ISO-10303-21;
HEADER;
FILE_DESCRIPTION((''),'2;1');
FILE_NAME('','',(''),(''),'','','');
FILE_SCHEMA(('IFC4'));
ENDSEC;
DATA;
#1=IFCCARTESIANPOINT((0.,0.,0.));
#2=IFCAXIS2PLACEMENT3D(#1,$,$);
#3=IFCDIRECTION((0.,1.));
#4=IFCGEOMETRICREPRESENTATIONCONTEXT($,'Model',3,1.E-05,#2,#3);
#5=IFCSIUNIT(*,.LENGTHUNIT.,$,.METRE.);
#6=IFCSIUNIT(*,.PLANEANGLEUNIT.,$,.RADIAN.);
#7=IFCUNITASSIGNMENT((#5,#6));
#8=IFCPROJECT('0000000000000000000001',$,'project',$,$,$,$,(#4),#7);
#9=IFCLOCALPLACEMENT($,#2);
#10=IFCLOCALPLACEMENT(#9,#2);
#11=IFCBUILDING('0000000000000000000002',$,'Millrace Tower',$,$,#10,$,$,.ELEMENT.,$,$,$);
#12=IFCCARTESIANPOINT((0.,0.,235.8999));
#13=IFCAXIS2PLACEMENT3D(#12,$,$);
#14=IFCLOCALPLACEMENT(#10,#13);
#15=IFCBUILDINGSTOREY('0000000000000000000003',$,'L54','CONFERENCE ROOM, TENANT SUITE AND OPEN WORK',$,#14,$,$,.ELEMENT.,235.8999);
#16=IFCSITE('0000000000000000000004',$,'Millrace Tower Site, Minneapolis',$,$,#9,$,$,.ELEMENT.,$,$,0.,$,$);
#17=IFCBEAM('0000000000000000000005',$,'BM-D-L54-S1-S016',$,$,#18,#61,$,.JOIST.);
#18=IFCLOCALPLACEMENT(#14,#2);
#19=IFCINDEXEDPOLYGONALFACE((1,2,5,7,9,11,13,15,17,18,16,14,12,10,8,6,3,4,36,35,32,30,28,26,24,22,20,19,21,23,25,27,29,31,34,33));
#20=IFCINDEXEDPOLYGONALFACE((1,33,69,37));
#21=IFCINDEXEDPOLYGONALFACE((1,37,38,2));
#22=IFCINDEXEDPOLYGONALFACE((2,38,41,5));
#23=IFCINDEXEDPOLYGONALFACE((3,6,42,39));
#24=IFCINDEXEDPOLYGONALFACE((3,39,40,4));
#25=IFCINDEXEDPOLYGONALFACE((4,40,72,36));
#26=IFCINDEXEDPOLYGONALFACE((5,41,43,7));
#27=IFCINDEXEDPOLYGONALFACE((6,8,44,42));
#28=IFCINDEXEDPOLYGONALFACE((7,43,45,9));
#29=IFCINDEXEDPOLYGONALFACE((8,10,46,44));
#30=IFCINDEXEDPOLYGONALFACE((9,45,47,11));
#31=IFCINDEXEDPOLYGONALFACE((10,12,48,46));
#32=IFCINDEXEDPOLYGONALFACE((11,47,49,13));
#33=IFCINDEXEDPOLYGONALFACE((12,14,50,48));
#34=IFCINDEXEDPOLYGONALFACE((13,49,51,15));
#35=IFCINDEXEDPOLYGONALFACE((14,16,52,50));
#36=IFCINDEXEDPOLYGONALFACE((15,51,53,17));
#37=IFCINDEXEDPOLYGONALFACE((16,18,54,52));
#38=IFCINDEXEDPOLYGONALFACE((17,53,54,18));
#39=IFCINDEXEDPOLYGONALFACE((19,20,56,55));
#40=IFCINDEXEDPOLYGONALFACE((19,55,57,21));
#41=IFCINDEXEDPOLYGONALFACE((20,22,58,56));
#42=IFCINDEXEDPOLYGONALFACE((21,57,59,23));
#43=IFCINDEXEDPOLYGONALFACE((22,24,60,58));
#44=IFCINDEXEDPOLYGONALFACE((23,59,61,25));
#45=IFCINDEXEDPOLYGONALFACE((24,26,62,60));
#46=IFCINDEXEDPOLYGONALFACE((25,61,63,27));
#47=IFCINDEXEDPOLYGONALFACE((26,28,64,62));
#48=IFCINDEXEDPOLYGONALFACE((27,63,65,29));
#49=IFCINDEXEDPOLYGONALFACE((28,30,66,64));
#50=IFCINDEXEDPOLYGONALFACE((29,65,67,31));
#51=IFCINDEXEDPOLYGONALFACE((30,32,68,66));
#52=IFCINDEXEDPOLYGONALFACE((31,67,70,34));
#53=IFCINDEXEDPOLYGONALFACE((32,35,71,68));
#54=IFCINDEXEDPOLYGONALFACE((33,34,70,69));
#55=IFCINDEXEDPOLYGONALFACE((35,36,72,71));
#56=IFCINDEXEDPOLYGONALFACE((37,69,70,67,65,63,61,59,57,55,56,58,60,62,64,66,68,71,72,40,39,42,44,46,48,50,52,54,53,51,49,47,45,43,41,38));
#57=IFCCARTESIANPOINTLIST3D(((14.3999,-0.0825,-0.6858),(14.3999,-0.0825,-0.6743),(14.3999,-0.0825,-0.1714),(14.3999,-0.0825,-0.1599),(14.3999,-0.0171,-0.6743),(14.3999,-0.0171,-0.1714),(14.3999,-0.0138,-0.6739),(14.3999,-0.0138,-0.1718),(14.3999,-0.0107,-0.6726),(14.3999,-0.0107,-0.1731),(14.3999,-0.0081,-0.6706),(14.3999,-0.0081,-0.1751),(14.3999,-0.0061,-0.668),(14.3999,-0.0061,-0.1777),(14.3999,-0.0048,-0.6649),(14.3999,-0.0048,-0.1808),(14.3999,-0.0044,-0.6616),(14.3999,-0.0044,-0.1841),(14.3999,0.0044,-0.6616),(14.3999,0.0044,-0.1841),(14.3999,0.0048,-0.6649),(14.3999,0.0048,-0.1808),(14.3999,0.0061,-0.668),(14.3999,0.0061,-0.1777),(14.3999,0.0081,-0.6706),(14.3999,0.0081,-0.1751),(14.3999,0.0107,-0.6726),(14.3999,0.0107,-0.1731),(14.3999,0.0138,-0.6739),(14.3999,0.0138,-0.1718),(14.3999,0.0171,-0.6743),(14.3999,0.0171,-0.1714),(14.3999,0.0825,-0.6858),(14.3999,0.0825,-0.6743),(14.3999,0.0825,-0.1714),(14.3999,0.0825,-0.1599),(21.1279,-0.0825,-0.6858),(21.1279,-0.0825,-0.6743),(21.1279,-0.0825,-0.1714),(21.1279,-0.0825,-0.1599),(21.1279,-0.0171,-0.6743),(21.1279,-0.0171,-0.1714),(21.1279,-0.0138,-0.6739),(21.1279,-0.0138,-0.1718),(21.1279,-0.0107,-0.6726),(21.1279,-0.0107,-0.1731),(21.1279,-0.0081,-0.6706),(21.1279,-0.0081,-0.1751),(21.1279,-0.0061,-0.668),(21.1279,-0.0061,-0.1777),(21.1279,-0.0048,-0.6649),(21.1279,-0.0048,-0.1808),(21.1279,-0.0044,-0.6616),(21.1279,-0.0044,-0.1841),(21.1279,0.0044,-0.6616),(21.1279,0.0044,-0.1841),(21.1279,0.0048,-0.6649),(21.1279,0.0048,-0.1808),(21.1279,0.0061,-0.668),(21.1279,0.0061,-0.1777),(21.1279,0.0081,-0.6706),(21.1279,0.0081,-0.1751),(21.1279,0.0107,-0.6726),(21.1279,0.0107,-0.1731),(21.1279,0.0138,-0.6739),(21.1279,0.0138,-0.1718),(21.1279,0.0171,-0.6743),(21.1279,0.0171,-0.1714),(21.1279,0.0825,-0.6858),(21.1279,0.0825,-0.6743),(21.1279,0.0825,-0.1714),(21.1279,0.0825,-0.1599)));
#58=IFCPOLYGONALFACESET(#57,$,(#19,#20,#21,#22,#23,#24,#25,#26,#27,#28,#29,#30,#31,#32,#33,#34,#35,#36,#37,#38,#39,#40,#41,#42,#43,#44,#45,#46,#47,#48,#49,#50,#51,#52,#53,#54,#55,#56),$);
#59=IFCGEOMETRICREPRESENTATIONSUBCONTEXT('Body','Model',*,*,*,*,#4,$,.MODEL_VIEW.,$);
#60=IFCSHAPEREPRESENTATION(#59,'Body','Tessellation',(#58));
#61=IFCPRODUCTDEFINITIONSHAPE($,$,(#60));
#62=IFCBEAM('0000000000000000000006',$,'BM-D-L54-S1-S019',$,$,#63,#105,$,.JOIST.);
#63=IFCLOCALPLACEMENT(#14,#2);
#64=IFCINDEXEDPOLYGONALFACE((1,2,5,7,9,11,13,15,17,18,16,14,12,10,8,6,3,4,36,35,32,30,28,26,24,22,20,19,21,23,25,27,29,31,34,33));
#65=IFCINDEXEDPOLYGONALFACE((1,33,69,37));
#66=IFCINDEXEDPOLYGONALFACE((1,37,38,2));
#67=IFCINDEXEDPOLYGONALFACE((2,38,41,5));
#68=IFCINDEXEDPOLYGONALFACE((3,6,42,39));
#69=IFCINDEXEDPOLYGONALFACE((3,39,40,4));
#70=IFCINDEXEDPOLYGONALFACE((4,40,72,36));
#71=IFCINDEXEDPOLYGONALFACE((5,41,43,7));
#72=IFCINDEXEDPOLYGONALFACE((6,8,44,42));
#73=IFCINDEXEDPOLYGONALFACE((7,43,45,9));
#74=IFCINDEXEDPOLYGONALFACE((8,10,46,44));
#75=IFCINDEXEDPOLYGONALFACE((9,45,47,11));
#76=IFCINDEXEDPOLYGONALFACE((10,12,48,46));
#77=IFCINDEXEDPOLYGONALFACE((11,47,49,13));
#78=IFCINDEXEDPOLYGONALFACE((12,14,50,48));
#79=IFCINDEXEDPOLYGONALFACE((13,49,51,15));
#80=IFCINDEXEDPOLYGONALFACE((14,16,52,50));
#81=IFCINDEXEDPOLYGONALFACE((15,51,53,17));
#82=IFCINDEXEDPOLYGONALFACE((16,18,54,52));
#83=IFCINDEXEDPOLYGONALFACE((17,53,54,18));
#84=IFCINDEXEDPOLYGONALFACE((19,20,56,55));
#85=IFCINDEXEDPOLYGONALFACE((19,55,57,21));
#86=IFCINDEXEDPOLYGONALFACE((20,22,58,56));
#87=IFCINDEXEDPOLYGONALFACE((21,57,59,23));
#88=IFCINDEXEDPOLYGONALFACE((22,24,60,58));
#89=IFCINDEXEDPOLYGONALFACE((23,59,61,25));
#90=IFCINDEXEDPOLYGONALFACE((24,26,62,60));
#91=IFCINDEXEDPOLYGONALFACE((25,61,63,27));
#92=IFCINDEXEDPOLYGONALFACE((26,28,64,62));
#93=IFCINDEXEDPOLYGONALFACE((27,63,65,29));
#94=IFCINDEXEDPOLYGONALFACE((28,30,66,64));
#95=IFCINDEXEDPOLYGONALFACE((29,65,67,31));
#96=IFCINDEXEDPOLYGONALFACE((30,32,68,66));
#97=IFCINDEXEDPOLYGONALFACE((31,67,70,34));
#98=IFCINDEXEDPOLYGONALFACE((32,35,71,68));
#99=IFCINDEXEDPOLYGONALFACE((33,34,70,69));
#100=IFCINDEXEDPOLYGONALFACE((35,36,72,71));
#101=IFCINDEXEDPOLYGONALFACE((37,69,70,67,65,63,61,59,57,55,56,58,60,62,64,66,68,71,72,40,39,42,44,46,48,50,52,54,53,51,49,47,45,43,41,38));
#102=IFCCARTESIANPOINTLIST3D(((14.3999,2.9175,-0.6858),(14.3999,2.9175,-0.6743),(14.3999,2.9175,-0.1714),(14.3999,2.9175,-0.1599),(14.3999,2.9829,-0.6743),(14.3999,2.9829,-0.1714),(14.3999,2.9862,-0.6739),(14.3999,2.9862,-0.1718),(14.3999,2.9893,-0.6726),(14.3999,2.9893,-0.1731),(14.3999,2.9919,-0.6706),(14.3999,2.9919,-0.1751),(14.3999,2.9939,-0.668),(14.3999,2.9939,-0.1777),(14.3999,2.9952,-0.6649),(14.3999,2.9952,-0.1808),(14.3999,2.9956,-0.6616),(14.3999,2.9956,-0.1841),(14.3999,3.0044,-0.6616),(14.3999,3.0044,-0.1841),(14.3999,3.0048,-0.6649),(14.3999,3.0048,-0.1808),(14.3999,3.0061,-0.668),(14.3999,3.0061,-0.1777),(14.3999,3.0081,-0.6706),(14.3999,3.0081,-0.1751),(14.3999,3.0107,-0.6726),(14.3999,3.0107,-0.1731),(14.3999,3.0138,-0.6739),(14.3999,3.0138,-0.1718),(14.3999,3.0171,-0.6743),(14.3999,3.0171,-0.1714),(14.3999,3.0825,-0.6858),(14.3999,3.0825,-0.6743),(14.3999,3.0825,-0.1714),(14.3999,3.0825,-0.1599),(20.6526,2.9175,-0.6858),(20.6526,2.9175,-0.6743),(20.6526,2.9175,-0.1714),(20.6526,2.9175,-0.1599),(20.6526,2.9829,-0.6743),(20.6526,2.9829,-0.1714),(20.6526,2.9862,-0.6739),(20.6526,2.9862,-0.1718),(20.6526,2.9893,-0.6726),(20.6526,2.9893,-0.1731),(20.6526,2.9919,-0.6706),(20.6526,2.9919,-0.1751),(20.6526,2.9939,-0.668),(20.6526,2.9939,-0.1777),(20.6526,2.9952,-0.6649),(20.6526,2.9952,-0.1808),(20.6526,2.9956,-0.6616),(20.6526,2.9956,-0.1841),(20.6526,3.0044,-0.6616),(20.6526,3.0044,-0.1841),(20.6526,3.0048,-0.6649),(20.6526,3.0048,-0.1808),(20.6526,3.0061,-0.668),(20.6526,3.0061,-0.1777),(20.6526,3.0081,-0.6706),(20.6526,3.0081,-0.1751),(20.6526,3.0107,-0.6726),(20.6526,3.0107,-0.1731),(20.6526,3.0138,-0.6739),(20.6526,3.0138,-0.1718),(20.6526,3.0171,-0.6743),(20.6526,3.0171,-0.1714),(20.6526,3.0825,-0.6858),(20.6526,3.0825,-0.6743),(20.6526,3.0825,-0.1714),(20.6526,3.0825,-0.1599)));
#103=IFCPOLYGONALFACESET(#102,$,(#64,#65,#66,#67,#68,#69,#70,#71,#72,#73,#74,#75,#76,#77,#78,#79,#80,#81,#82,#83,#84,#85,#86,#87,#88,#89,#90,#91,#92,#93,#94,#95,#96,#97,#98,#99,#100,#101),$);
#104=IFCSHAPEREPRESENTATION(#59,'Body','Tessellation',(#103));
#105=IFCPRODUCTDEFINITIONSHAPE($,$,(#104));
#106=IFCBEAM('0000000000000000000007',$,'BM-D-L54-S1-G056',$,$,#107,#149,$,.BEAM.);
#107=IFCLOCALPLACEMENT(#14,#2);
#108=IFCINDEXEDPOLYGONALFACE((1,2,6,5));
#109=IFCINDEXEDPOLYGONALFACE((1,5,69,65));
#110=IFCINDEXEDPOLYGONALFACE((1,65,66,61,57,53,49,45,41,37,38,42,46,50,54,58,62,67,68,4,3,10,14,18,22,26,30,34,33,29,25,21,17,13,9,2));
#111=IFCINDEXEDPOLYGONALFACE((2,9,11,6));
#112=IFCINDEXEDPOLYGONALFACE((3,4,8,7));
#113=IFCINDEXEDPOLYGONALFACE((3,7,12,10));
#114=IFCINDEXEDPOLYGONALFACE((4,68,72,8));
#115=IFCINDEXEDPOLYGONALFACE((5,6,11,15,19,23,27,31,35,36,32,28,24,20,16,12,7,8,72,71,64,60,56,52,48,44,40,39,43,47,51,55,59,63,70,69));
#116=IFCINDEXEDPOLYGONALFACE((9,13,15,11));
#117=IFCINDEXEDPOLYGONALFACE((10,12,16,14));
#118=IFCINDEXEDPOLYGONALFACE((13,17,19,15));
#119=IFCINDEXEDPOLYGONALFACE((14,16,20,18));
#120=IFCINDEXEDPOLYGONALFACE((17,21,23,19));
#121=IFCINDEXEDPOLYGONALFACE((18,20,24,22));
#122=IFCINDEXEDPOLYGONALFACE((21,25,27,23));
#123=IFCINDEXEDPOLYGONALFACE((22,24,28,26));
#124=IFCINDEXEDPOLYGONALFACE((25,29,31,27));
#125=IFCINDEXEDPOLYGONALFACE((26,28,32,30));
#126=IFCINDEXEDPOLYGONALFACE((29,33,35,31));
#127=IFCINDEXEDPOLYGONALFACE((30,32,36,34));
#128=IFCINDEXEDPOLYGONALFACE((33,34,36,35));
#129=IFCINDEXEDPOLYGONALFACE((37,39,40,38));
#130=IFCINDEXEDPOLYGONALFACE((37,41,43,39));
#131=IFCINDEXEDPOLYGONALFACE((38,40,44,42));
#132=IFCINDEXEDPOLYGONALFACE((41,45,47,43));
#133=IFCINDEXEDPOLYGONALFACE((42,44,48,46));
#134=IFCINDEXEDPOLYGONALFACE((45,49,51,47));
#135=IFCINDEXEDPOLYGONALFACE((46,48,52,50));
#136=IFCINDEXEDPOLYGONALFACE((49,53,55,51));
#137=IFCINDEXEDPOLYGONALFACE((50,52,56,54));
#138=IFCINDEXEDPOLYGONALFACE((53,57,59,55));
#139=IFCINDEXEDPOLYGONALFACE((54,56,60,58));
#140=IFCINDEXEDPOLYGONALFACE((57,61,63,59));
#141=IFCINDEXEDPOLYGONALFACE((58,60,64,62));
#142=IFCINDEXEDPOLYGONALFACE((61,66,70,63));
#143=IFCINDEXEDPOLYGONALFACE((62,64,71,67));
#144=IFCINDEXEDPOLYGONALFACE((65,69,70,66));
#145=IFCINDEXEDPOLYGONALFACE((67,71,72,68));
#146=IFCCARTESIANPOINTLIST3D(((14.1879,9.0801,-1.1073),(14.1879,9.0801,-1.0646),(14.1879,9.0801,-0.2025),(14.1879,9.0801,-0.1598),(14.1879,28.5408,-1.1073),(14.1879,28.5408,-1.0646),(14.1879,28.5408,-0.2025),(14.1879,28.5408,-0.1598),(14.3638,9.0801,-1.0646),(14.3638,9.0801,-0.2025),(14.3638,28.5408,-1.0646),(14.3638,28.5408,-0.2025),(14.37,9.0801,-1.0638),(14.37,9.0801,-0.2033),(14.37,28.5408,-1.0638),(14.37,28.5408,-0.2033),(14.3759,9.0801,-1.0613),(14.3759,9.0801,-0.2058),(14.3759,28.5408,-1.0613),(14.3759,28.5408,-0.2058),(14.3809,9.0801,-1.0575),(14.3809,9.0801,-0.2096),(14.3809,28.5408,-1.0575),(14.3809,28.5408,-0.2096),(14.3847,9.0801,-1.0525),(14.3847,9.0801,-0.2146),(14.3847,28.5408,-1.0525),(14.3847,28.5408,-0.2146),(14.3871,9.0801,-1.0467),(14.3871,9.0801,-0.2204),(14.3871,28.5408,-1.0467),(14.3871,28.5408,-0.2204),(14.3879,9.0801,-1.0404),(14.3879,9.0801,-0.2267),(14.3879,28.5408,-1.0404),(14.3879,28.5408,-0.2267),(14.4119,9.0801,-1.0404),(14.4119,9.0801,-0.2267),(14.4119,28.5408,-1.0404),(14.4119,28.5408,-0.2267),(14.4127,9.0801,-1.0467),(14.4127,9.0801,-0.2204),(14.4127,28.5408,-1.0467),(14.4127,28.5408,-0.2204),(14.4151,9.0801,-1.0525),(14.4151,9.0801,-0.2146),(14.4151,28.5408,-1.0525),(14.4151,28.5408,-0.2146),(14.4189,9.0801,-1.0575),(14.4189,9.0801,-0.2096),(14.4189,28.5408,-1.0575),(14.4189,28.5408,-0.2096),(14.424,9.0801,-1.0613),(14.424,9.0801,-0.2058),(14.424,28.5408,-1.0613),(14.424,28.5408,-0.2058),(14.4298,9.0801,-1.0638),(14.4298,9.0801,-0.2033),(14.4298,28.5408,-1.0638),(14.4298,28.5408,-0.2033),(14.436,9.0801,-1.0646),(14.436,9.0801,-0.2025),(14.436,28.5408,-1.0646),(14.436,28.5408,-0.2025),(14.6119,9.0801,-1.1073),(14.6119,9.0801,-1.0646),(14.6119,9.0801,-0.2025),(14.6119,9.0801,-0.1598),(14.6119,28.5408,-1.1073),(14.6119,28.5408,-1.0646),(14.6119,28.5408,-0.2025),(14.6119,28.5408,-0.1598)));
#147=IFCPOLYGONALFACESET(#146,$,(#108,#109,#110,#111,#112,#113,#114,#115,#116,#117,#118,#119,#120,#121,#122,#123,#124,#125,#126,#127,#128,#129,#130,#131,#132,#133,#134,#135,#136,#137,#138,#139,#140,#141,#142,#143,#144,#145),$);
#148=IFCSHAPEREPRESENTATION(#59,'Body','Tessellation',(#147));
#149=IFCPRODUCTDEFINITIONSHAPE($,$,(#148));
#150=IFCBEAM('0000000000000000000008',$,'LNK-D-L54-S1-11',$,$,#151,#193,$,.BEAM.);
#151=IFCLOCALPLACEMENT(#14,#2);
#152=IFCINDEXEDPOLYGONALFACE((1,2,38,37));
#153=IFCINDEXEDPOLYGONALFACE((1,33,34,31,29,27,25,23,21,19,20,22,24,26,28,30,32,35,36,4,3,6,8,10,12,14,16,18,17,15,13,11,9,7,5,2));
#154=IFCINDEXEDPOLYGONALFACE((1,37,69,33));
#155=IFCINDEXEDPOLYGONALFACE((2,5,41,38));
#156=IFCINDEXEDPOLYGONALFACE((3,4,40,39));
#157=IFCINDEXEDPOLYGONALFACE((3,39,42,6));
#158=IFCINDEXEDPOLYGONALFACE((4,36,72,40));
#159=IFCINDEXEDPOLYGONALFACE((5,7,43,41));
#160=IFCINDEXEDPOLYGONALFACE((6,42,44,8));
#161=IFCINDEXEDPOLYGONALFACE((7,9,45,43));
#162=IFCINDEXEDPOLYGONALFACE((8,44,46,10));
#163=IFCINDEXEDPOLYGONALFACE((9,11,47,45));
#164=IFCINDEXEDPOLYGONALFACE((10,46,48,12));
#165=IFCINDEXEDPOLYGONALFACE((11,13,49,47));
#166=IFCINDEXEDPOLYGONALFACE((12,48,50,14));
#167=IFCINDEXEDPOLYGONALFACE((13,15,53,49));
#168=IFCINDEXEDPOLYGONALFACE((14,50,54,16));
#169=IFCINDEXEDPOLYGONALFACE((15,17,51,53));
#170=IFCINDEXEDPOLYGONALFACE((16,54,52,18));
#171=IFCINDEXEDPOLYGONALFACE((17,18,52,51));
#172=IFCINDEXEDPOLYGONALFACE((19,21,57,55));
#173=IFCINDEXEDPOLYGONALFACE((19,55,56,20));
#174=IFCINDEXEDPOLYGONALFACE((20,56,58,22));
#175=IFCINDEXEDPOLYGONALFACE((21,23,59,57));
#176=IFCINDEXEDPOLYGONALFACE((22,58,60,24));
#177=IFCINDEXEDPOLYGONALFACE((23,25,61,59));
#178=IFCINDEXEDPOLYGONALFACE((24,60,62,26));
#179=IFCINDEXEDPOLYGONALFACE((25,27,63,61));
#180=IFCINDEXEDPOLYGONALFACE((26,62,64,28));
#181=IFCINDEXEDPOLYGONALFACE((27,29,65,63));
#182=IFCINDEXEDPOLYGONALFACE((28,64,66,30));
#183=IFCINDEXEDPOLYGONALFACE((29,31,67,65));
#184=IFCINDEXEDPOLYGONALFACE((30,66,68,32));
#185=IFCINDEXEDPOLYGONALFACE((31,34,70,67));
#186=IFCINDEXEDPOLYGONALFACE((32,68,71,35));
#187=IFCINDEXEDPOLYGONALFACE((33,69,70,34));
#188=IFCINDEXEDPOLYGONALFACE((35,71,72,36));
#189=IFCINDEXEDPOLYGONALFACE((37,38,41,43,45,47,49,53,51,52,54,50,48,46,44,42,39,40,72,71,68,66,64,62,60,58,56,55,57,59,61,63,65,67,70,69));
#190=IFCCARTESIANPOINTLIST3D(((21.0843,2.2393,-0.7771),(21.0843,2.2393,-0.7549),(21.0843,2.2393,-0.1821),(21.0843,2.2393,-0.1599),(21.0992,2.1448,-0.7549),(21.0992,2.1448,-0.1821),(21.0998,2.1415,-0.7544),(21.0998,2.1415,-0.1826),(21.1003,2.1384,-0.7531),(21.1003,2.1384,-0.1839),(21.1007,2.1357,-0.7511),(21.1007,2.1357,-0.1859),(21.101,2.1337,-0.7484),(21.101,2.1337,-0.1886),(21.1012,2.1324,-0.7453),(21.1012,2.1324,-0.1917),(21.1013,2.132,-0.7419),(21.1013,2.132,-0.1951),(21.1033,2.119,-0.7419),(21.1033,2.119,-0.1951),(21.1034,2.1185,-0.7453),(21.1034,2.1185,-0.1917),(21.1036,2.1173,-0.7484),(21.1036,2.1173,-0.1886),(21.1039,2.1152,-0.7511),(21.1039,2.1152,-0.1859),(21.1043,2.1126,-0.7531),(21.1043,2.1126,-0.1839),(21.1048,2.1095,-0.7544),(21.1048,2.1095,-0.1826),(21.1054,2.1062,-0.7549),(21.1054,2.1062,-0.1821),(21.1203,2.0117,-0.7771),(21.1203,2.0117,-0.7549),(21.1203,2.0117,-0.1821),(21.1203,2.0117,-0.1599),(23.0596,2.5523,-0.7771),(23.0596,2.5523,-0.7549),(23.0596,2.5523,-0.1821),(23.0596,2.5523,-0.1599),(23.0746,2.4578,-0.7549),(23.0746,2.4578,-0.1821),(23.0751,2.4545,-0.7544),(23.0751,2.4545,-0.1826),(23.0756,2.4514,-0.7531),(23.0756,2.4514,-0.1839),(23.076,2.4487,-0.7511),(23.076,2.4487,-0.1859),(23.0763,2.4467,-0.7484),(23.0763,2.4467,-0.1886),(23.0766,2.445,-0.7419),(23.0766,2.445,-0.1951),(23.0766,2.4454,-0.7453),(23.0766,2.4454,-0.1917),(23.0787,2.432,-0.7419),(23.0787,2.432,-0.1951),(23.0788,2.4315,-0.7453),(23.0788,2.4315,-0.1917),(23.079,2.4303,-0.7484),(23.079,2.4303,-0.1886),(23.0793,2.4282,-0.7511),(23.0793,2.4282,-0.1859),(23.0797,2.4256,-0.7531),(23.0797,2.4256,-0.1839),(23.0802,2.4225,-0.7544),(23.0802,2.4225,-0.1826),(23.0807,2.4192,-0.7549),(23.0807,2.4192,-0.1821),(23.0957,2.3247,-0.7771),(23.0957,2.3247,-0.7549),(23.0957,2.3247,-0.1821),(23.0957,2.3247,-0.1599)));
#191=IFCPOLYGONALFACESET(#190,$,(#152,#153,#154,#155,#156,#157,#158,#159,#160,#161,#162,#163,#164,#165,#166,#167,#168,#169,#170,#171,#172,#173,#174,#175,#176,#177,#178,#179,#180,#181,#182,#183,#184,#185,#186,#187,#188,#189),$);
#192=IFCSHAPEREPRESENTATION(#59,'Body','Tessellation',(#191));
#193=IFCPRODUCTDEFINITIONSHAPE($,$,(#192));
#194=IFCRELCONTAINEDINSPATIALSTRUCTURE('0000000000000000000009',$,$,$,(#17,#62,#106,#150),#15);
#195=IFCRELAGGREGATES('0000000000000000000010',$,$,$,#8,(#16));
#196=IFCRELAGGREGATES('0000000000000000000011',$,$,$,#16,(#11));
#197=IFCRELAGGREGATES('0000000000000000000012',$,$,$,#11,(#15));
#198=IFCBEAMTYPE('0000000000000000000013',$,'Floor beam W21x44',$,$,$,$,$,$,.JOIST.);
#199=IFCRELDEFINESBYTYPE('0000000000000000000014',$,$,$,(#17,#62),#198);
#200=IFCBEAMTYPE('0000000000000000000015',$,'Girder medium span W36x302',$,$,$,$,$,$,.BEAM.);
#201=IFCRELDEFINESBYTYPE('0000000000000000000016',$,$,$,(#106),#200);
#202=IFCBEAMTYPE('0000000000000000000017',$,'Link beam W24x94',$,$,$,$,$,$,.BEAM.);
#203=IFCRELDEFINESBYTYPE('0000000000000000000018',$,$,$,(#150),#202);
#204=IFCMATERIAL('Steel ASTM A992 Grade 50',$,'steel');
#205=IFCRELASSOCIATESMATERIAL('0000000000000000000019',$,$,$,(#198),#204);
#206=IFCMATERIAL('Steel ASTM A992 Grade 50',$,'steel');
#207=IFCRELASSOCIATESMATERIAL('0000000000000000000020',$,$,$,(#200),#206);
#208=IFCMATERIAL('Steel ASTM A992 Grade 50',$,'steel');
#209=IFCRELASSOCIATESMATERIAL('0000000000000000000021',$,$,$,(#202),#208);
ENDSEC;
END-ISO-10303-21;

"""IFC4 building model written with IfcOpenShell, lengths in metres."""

from ifc_helpers import new_model, si_unit, direction, frame, origin, origin_2d, place, context, subcontext, project, spatial, i_section, extrude, material, material_profile, profile_set, type_object, element, save


model = new_model("IFC4")

# Units and contexts
model_context = context("Model", 3, precision=1e-05, world=origin(), true_north=direction((0.0, 1.0)))
body_context = subcontext(model_context, "Body", "Model", "MODEL_VIEW")
ifc_project = project(units=[si_unit("LENGTHUNIT", "METRE"), si_unit("PLANEANGLEUNIT", "RADIAN")], contexts=[model_context])

# Site, building, storey
site_placement = place(None, origin())
site = spatial("IfcSite", under=ifc_project, at=site_placement, Name="Millrace Tower Site, Minneapolis", CompositionType="ELEMENT", RefElevation=0.0)
building_placement = place(site_placement, origin())
building = spatial("IfcBuilding", under=site, at=building_placement, Name="Millrace Tower", CompositionType="ELEMENT")
storey_placement = place(building_placement, frame((0.0, 0.0, 235.8999)))
storey = spatial("IfcBuildingStorey", under=building, at=storey_placement, Name="L54", Description="CONFERENCE ROOM, TENANT SUITE AND OPEN WORK", CompositionType="ELEMENT", Elevation=235.8999)

# Beams
ifc_material_1 = material(Name="Steel ASTM A992 Grade 50", Category="steel")
ifc_material_profile_1 = material_profile(ifc_material_1, i_section(OverallWidth=0.165, OverallDepth=0.5259, WebThickness=0.0088, FlangeThickness=0.0115, FilletRadius=0.0127, at=origin_2d()))
ifc_profile_set_1 = profile_set([ifc_material_profile_1], Name="Steel ASTM A992 Grade 50")
beam_type_1 = type_object("IfcBeamType", Name="Floor beam W21x44", PredefinedType="JOIST", material=ifc_profile_set_1)
beam_1_placement = place(storey_placement, frame((14.3999, 0.0, -0.4229), z_axis=(1.0, 0.0, 0.0), x_axis=(0.0, 1.0, 0.0)))
element("IfcBeam", 1, at=beam_1_placement, inside=storey, type_object=beam_type_1, Name="BM-D-L54-S1-S016", PredefinedType="JOIST", context=body_context, shape_type="SweptSolid", body=[
    extrude(i_section(OverallWidth=0.165, OverallDepth=0.5259, WebThickness=0.0088, FlangeThickness=0.0115, FilletRadius=0.0127, at=origin_2d()), origin(), (0.0, 0.0, 1.0), 6.728),
])
beam_2_placement = place(storey_placement, frame((14.3999, 3.0, -0.4229), z_axis=(1.0, 0.0, 0.0), x_axis=(0.0, 1.0, 0.0)))
element("IfcBeam", 2, at=beam_2_placement, inside=storey, type_object=beam_type_1, Name="BM-D-L54-S1-S019", PredefinedType="JOIST", context=body_context, shape_type="SweptSolid", body=[
    extrude(i_section(OverallWidth=0.165, OverallDepth=0.5259, WebThickness=0.0088, FlangeThickness=0.0115, FilletRadius=0.0127, at=origin_2d()), origin(), (0.0, 0.0, 1.0), 6.2527),
])
ifc_material_2 = material(Name="Steel ASTM A992 Grade 50", Category="steel")
ifc_material_profile_2 = material_profile(ifc_material_2, i_section(OverallWidth=0.4241, OverallDepth=0.9475, WebThickness=0.0239, FlangeThickness=0.0427, FilletRadius=0.0242, at=origin_2d()))
ifc_profile_set_2 = profile_set([ifc_material_profile_2], Name="Steel ASTM A992 Grade 50")
beam_type_2 = type_object("IfcBeamType", Name="Girder medium span W36x302", PredefinedType="BEAM", material=ifc_profile_set_2)
beam_3_placement = place(storey_placement, frame((14.3999, 9.0801, -0.6335), z_axis=(0.0, 1.0, 0.0), x_axis=(-1.0, 0.0, 0.0)))
element("IfcBeam", 3, at=beam_3_placement, inside=storey, type_object=beam_type_2, Name="BM-D-L54-S1-G056", PredefinedType="BEAM", context=body_context, shape_type="SweptSolid", body=[
    extrude(i_section(OverallWidth=0.4241, OverallDepth=0.9475, WebThickness=0.0239, FlangeThickness=0.0427, FilletRadius=0.0242, at=origin_2d()), origin(), (0.0, 0.0, 1.0), 19.4607),
])
ifc_material_3 = material(Name="Steel ASTM A992 Grade 50", Category="steel")
ifc_material_profile_3 = material_profile(ifc_material_3, i_section(OverallWidth=0.2305, OverallDepth=0.6172, WebThickness=0.0132, FlangeThickness=0.0222, FilletRadius=0.0129, at=origin_2d()))
ifc_profile_set_3 = profile_set([ifc_material_profile_3], Name="Steel ASTM A992 Grade 50")
beam_type_3 = type_object("IfcBeamType", Name="Link beam W24x94", PredefinedType="BEAM", material=ifc_profile_set_3)
beam_4_placement = place(storey_placement, frame((21.1023, 2.1255, -0.4685), z_axis=(0.987679, 0.156495, 0.0), x_axis=(-0.156495, 0.987679, 0.0)))
element("IfcBeam", 4, at=beam_4_placement, inside=storey, type_object=beam_type_3, Name="LNK-D-L54-S1-11", PredefinedType="BEAM", context=body_context, shape_type="SweptSolid", body=[
    extrude(i_section(OverallWidth=0.2305, OverallDepth=0.6172, WebThickness=0.0132, FlangeThickness=0.0222, FilletRadius=0.0129, at=origin_2d()), origin(), (0.0, 0.0, 1.0), 2.0),
])

save(model, "model.ifc")
